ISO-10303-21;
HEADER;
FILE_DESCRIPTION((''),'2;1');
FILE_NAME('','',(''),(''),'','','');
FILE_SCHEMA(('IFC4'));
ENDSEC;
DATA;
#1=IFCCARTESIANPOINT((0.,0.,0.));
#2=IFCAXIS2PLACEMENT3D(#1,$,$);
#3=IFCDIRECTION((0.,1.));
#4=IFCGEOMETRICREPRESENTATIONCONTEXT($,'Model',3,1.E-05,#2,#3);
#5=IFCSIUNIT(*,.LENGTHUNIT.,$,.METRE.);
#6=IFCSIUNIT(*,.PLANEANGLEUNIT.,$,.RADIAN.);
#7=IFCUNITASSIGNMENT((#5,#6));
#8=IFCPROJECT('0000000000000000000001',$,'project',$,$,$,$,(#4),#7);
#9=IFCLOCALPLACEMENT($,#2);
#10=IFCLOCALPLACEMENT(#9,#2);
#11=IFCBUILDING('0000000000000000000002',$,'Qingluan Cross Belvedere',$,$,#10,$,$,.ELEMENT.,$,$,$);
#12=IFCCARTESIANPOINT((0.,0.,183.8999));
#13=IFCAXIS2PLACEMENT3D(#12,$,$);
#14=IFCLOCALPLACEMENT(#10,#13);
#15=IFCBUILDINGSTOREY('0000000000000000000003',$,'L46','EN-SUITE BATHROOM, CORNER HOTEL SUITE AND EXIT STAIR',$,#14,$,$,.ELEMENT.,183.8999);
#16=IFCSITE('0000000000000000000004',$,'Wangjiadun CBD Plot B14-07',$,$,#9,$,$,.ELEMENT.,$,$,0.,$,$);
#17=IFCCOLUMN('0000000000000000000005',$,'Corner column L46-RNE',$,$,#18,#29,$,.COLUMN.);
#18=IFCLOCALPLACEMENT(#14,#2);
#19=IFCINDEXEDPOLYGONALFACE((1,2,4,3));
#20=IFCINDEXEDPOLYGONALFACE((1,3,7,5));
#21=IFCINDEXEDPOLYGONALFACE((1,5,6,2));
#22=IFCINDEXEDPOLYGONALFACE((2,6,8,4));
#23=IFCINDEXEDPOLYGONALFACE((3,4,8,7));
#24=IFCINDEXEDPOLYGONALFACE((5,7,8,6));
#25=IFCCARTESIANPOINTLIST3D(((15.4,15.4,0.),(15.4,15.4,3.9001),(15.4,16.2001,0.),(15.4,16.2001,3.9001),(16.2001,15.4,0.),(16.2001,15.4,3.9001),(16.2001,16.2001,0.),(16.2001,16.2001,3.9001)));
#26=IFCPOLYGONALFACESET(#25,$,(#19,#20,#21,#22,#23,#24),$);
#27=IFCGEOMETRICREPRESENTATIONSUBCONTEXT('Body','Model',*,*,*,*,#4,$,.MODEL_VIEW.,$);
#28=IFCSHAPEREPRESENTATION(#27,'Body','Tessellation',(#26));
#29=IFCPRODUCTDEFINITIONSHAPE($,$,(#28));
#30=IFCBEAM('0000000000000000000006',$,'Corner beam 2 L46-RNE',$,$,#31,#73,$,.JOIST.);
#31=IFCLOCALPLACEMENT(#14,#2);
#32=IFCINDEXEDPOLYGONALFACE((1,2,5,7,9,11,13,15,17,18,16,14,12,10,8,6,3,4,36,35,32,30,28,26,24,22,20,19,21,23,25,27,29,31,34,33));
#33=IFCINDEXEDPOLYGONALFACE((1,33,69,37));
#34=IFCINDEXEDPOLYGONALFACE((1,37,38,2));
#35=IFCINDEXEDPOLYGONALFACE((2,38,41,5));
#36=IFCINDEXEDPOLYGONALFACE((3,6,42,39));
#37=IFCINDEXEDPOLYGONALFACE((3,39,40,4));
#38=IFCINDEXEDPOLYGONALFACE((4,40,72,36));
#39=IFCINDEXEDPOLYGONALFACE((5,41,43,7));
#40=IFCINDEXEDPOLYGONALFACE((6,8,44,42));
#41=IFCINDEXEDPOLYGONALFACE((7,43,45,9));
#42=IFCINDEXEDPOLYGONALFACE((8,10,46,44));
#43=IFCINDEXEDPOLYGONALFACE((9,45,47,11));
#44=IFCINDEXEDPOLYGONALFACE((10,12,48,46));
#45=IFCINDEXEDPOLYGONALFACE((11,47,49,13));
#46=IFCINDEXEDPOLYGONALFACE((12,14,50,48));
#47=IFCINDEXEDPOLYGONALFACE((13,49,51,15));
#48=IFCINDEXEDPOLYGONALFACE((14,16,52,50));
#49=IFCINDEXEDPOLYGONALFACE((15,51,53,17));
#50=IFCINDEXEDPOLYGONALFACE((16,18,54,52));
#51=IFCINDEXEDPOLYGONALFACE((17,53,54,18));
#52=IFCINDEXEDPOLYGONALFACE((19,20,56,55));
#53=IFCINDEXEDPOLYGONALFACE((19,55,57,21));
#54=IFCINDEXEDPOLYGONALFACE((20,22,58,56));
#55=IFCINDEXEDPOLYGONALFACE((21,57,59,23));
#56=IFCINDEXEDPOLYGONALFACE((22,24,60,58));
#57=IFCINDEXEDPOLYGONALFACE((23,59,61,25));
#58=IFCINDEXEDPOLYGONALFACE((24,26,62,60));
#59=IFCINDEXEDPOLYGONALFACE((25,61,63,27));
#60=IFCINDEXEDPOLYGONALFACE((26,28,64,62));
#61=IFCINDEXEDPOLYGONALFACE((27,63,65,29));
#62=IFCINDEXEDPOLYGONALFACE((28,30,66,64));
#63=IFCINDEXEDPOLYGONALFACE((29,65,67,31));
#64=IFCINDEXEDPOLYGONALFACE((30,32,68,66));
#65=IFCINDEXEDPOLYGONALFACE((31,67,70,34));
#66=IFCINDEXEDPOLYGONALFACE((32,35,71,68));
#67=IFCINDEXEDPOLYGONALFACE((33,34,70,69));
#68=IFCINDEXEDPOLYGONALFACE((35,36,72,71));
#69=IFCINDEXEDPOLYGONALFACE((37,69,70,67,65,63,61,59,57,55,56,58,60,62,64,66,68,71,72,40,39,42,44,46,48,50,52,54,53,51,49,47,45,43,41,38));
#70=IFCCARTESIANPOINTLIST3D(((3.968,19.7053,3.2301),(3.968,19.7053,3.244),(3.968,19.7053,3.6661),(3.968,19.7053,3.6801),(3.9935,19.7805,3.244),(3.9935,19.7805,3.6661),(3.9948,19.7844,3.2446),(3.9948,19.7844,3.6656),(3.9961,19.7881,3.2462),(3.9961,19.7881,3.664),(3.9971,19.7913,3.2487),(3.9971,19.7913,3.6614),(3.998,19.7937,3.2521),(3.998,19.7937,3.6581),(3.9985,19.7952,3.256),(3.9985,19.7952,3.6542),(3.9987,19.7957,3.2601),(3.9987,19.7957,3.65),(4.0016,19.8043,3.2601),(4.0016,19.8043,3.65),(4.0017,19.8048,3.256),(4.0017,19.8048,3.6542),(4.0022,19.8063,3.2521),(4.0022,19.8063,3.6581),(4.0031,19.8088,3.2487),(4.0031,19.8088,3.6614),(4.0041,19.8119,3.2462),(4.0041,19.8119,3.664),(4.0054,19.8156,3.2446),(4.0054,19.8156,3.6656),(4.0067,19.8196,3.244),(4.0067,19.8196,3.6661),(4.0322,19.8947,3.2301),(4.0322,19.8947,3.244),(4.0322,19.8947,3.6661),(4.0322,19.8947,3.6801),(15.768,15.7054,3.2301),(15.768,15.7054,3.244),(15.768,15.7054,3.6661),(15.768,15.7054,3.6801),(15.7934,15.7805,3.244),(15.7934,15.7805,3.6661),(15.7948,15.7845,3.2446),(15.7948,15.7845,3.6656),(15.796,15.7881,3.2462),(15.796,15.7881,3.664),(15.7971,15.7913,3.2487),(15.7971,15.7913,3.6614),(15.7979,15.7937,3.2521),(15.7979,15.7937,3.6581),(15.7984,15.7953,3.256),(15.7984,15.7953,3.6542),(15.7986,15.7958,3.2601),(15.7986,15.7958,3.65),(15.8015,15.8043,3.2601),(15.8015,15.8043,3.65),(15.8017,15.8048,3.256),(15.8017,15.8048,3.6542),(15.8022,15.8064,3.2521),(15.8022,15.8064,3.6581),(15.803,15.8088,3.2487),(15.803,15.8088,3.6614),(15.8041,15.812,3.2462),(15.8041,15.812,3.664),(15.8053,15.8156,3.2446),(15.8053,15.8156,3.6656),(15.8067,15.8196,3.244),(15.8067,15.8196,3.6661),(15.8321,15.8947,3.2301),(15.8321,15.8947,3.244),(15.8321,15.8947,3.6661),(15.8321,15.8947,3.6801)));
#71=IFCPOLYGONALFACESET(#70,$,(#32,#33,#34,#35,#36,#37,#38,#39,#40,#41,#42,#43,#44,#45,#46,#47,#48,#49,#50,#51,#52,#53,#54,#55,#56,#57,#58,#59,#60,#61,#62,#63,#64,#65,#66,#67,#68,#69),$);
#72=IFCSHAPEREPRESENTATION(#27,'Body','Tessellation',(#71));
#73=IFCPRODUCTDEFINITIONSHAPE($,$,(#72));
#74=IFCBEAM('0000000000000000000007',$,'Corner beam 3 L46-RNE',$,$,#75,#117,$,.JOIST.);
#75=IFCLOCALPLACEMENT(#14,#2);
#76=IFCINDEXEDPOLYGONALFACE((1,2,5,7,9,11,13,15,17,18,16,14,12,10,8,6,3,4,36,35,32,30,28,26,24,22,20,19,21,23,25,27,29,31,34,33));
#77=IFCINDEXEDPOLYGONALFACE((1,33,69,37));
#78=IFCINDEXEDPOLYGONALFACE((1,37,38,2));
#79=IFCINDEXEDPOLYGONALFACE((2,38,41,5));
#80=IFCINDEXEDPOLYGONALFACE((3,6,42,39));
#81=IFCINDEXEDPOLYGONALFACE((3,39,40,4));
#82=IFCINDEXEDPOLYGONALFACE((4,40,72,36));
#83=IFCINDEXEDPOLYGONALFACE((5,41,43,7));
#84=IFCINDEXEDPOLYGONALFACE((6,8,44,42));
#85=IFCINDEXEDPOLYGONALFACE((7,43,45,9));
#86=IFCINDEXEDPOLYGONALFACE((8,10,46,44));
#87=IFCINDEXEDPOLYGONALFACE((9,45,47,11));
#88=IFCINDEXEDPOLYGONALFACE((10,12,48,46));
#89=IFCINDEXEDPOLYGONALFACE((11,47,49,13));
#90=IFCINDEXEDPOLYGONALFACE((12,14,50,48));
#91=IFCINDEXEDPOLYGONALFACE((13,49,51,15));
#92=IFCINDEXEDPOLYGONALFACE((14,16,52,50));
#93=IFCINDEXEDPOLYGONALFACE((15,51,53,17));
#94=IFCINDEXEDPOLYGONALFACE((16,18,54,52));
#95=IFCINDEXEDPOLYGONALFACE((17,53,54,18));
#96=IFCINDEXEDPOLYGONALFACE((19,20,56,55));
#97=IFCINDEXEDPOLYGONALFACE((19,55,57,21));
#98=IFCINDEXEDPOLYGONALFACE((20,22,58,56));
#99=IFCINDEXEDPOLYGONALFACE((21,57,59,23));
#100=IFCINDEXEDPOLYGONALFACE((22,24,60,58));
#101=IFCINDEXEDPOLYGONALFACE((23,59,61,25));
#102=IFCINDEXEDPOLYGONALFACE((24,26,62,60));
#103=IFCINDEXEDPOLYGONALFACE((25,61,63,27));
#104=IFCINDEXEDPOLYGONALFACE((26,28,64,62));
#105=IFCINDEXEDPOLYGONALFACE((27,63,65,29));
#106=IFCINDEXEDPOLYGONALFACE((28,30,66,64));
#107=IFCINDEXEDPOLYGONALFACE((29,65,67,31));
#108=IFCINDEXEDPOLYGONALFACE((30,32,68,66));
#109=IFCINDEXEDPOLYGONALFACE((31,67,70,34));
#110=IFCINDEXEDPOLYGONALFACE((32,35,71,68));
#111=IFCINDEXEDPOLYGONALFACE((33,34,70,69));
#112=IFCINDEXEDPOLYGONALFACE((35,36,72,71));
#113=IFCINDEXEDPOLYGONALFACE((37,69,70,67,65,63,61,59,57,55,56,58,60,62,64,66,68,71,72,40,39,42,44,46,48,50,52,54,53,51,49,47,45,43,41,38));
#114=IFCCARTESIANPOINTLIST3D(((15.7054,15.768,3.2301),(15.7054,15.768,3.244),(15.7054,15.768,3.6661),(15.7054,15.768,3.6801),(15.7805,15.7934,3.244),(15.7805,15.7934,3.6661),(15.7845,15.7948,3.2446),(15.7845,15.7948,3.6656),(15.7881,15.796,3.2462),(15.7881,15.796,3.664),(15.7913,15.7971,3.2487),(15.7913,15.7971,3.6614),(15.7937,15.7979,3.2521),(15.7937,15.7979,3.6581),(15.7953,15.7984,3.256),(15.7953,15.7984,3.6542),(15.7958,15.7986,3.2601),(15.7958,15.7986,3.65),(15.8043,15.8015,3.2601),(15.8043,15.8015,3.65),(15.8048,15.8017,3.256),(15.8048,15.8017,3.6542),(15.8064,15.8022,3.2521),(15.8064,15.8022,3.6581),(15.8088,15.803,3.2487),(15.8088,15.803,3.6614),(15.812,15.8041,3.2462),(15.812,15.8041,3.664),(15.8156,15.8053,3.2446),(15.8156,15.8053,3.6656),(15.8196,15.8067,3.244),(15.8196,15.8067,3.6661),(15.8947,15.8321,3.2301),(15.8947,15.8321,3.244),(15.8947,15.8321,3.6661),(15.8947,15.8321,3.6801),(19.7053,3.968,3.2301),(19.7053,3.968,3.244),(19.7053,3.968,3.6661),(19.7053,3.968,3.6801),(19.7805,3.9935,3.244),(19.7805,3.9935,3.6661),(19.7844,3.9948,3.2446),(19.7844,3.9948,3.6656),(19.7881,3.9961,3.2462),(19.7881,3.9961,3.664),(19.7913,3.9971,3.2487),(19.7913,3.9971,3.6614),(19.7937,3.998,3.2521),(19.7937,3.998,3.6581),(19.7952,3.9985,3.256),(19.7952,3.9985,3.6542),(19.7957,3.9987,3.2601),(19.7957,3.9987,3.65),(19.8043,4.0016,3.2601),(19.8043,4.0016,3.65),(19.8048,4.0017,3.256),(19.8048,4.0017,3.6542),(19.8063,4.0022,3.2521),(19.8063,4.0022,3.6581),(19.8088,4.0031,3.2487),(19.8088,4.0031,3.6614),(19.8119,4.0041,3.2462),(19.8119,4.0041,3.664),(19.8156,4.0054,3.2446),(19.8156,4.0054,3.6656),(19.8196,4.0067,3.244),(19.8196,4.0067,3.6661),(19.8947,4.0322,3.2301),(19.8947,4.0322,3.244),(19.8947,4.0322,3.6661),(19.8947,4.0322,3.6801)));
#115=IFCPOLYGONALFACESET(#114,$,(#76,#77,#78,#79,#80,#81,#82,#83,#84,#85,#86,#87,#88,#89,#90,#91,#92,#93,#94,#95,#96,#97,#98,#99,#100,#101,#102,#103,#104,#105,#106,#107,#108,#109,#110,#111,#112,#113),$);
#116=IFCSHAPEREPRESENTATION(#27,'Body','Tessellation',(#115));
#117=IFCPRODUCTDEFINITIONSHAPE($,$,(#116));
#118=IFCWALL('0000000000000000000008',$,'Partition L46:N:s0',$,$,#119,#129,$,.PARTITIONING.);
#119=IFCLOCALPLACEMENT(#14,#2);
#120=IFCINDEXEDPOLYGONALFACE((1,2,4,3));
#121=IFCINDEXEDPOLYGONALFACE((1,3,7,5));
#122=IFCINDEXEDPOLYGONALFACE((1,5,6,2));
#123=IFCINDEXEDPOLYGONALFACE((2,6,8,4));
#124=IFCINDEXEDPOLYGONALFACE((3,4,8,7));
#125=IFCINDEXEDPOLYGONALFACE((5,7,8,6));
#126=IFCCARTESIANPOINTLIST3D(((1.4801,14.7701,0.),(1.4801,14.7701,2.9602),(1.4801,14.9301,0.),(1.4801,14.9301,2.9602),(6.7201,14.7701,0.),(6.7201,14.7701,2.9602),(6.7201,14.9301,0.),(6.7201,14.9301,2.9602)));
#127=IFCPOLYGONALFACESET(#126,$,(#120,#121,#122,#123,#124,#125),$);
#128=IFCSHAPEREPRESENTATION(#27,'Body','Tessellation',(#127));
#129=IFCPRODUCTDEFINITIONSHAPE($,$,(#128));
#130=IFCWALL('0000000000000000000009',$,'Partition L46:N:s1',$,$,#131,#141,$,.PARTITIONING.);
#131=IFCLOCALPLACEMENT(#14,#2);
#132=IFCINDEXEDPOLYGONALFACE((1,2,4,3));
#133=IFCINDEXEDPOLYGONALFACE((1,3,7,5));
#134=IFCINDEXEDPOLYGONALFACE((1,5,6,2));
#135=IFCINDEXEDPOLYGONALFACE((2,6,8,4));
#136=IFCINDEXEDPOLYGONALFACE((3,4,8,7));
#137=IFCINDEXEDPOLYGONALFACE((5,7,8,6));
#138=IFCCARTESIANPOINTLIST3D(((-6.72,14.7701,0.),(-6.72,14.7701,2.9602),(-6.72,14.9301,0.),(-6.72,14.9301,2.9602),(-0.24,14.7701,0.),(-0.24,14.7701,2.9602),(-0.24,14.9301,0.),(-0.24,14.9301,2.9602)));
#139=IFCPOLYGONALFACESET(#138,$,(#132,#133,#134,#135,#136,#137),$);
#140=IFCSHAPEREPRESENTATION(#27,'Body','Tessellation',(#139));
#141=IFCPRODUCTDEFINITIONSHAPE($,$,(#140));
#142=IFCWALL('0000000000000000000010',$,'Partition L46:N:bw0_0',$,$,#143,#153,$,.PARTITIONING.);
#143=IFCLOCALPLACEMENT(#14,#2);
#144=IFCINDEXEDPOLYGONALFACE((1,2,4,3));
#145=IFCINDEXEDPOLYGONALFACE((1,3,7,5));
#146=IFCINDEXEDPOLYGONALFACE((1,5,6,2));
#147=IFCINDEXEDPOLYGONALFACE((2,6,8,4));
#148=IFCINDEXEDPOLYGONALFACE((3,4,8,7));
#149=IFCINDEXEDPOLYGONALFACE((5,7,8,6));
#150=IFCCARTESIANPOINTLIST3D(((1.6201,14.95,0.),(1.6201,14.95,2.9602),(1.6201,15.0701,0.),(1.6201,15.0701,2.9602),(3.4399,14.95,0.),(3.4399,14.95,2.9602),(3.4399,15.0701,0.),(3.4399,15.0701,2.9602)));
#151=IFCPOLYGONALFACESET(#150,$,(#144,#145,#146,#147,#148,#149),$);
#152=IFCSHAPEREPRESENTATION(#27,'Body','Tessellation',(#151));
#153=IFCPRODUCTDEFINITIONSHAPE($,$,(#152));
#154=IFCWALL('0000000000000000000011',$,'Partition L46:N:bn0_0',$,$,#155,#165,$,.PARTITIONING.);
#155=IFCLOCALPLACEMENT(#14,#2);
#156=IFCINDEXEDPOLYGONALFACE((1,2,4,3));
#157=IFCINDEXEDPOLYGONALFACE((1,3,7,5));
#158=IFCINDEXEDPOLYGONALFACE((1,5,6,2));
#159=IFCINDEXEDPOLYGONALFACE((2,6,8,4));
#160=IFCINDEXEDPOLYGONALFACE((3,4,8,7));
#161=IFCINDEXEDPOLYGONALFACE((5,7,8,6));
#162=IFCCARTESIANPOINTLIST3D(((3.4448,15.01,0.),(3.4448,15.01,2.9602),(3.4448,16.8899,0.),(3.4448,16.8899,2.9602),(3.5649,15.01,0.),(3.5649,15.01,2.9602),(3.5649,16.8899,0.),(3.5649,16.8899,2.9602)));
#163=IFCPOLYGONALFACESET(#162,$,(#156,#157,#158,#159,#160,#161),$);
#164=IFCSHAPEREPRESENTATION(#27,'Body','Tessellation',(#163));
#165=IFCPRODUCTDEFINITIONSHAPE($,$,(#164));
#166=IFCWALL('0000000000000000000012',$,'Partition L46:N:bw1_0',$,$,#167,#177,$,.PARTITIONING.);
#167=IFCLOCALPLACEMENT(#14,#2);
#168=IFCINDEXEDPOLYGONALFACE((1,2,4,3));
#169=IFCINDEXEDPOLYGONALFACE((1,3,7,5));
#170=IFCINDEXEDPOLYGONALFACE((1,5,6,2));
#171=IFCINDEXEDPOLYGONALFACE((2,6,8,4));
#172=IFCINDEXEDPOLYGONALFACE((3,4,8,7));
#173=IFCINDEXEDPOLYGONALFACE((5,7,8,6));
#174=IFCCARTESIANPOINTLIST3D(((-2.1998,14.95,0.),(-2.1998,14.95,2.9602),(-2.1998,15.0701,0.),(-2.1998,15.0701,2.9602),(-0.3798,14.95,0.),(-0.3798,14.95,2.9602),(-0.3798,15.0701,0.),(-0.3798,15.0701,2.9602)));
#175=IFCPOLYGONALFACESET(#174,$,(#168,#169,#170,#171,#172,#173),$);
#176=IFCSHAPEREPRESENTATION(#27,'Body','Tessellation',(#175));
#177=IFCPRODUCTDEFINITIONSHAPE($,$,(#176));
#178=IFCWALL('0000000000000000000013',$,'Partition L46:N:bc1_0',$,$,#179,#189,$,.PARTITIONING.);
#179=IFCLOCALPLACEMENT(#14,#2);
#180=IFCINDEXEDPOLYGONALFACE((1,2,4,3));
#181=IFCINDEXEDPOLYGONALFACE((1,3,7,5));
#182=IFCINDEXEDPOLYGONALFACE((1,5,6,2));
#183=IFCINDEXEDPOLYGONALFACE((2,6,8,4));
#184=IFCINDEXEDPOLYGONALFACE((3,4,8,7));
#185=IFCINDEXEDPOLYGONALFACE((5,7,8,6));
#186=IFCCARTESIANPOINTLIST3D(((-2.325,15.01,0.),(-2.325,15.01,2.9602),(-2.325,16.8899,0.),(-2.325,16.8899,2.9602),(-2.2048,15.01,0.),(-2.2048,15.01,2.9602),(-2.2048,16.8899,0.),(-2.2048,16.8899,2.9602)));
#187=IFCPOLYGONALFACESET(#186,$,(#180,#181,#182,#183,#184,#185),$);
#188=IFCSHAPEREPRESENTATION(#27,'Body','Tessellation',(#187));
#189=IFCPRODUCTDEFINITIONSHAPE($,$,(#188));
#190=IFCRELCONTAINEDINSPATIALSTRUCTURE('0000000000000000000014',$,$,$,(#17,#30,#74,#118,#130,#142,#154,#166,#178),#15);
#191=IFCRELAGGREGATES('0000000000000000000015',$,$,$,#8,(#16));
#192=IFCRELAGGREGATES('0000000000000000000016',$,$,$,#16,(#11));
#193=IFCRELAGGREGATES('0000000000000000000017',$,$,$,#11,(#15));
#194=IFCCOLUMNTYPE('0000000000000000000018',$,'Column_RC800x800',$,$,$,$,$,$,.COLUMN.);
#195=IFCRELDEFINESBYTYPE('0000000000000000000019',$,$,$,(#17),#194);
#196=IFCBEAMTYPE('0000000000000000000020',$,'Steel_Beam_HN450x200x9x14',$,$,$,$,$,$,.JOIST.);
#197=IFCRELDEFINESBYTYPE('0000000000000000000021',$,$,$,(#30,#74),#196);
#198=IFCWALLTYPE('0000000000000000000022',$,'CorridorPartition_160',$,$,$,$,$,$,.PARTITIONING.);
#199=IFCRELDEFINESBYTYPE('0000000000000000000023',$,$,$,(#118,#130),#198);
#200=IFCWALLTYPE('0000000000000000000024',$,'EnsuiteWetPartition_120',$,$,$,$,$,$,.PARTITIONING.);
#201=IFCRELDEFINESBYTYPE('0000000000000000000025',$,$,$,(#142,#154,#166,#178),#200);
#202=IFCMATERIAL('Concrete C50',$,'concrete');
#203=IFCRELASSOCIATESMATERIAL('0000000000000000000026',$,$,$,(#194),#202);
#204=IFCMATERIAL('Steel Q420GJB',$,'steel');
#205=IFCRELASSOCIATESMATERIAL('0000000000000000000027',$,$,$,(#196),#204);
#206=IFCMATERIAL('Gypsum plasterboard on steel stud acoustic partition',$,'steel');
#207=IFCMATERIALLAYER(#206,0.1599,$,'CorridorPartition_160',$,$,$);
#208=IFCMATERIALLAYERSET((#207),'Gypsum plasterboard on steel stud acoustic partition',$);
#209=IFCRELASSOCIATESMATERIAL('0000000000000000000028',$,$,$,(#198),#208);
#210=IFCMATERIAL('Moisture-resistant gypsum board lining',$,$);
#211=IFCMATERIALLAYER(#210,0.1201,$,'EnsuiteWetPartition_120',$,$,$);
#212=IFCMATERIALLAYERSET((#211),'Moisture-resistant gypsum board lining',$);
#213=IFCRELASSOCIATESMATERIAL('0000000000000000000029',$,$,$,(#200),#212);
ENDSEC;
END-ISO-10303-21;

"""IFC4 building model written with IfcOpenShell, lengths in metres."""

from ifc_helpers import new_model, si_unit, direction, frame, frame_2d, origin, origin_2d, place, context, subcontext, project, spatial, rectangle, i_section, extrude, material, layer, layer_set, material_profile, profile_set, type_object, element, save


model = new_model("IFC4")

# Units and contexts
model_context = context("Model", 3, precision=1e-05, world=origin(), true_north=direction((0.0, 1.0)))
body_context = subcontext(model_context, "Body", "Model", "MODEL_VIEW")
ifc_project = project(units=[si_unit("LENGTHUNIT", "METRE"), si_unit("PLANEANGLEUNIT", "RADIAN")], contexts=[model_context])

# Site, building, storey
site_placement = place(None, origin())
site = spatial("IfcSite", under=ifc_project, at=site_placement, Name="Wangjiadun CBD Plot B14-07", CompositionType="ELEMENT", RefElevation=0.0)
building_placement = place(site_placement, origin())
building = spatial("IfcBuilding", under=site, at=building_placement, Name="Qingluan Cross Belvedere", CompositionType="ELEMENT")
storey_placement = place(building_placement, frame((0.0, 0.0, 183.8999)))
storey = spatial("IfcBuildingStorey", under=building, at=storey_placement, Name="L46", Description="EN-SUITE BATHROOM, CORNER HOTEL SUITE AND EXIT STAIR", CompositionType="ELEMENT", Elevation=183.8999)

# Column
ifc_material_1 = material(Name="Concrete C50", Category="concrete")
ifc_material_profile_1 = material_profile(ifc_material_1, rectangle(XDim=0.8, YDim=0.8, at=origin_2d()), Name="RC800x800")
ifc_profile_set_1 = profile_set([ifc_material_profile_1], Name="Concrete C50")
column_type = type_object("IfcColumnType", Name="Column_RC800x800", PredefinedType="COLUMN", material=ifc_profile_set_1)
column_placement = place(storey_placement, frame((15.8, 15.8, 0.0), z_axis=(0.0, 0.0, 1.0), x_axis=(1.0, 0.0, 0.0)))
element("IfcColumn", 1, at=column_placement, inside=storey, type_object=column_type, Name="Corner column L46-RNE", PredefinedType="COLUMN", context=body_context, shape_type="SweptSolid", body=[
    extrude(rectangle(XDim=0.8, YDim=0.8, at=origin_2d()), origin(), (0.0, 0.0, 1.0), 3.9001),
])

# Beams
ifc_material_2 = material(Name="Steel Q420GJB", Category="steel")
ifc_material_profile_2 = material_profile(ifc_material_2, i_section(OverallWidth=0.2, OverallDepth=0.45, WebThickness=0.009, FlangeThickness=0.0139, FilletRadius=0.0161, at=origin_2d()), Name="HN450x200x9x14")
ifc_profile_set_2 = profile_set([ifc_material_profile_2], Name="Steel Q420GJB")
beam_type = type_object("IfcBeamType", Name="Steel_Beam_HN450x200x9x14", PredefinedType="JOIST", material=ifc_profile_set_2)
for number, where, z_axis, x_axis, name in (
    (2, (15.8, 15.8, 3.4551), (-0.947066, 0.321038, 0.0), (-0.321038, -0.947066, 0.0), "Corner beam 2 L46-RNE"),
    (3, (15.8, 15.8, 3.4551), (0.321038, -0.947066, 0.0), (0.947066, 0.321038, 0.0), "Corner beam 3 L46-RNE"),
):
    element("IfcBeam", number, at=place(storey_placement, frame(where, z_axis=z_axis, x_axis=x_axis)), inside=storey, type_object=beam_type, Name=name, PredefinedType="JOIST", context=body_context, shape_type="SweptSolid", body=[
        extrude(i_section(OverallWidth=0.2, OverallDepth=0.45, WebThickness=0.009, FlangeThickness=0.0139, FilletRadius=0.0161, at=origin_2d()), origin(), (0.0, 0.0, 1.0), 12.4595),
    ])

# Shared definitions
ifc_material_3 = material(Name="Gypsum plasterboard on steel stud acoustic partition", Category="steel")
ifc_layer_1 = layer(ifc_material_3, 0.1599, Name="CorridorPartition_160")
ifc_layer_set_1 = layer_set([ifc_layer_1], Name="Gypsum plasterboard on steel stud acoustic partition")
wall_type_1 = type_object("IfcWallType", Name="CorridorPartition_160", PredefinedType="PARTITIONING", material=ifc_layer_set_1)

# Wall
wall_1_placement = place(storey_placement, frame((1.48, 14.8501, 0.0), z_axis=(0.0, 0.0, 1.0), x_axis=(1.0, 0.0, 0.0)))
element("IfcWall", 4, at=wall_1_placement, inside=storey, type_object=wall_type_1, Name="Partition L46:N:s0", PredefinedType="PARTITIONING", context=body_context, shape_type="SweptSolid", body=[
    extrude(rectangle(XDim=5.24, YDim=0.1599, at=frame_2d((2.6201, 0.0))), origin(), (0.0, 0.0, 1.0), 2.9602),
])

# Walls
wall_2_placement = place(storey_placement, frame((-0.24, 14.8501, 0.0), z_axis=(0.0, 0.0, 1.0), x_axis=(-1.0, 0.0, 0.0)))
element("IfcWall", 5, at=wall_2_placement, inside=storey, type_object=wall_type_1, Name="Partition L46:N:s1", PredefinedType="PARTITIONING", context=body_context, shape_type="SweptSolid", body=[
    extrude(rectangle(XDim=6.48, YDim=0.1599, at=frame_2d((3.24, 0.0))), origin(), (0.0, 0.0, 1.0), 2.9602),
])
ifc_material_4 = material(Name="Moisture-resistant gypsum board lining")
ifc_layer_2 = layer(ifc_material_4, 0.1201, Name="EnsuiteWetPartition_120")
ifc_layer_set_2 = layer_set([ifc_layer_2], Name="Moisture-resistant gypsum board lining")
wall_type_2 = type_object("IfcWallType", Name="EnsuiteWetPartition_120", PredefinedType="PARTITIONING", material=ifc_layer_set_2)
wall_3_placement = place(storey_placement, frame((1.6201, 15.01, 0.0), z_axis=(0.0, 0.0, 1.0), x_axis=(1.0, 0.0, 0.0)))
element("IfcWall", 6, at=wall_3_placement, inside=storey, type_object=wall_type_2, Name="Partition L46:N:bw0_0", PredefinedType="PARTITIONING", context=body_context, shape_type="SweptSolid", body=[
    extrude(rectangle(XDim=1.8198, YDim=0.1201, at=frame_2d((0.9099, 0.0))), origin(), (0.0, 0.0, 1.0), 2.9602),
])
wall_4_placement = place(storey_placement, frame((3.5049, 15.01, 0.0), z_axis=(0.0, 0.0, 1.0), x_axis=(0.0, 1.0, 0.0)))
element("IfcWall", 7, at=wall_4_placement, inside=storey, type_object=wall_type_2, Name="Partition L46:N:bn0_0", PredefinedType="PARTITIONING", context=body_context, shape_type="SweptSolid", body=[
    extrude(rectangle(XDim=1.8799, YDim=0.1201, at=frame_2d((0.9399, 0.0))), origin(), (0.0, 0.0, 1.0), 2.9602),
])
wall_5_placement = place(storey_placement, frame((-2.2, 15.01, 0.0), z_axis=(0.0, 0.0, 1.0), x_axis=(1.0, 0.0, 0.0)))
element("IfcWall", 8, at=wall_5_placement, inside=storey, type_object=wall_type_2, Name="Partition L46:N:bw1_0", PredefinedType="PARTITIONING", context=body_context, shape_type="SweptSolid", body=[
    extrude(rectangle(XDim=1.8201, YDim=0.1201, at=frame_2d((0.9102, 0.0))), origin(), (0.0, 0.0, 1.0), 2.9602),
])
wall_6_placement = place(storey_placement, frame((-2.2649, 15.01, 0.0), z_axis=(0.0, 0.0, 1.0), x_axis=(0.0, 1.0, 0.0)))
element("IfcWall", 9, at=wall_6_placement, inside=storey, type_object=wall_type_2, Name="Partition L46:N:bc1_0", PredefinedType="PARTITIONING", context=body_context, shape_type="SweptSolid", body=[
    extrude(rectangle(XDim=1.8799, YDim=0.1201, at=frame_2d((0.9399, 0.0))), origin(), (0.0, 0.0, 1.0), 2.9602),
])

save(model, "model.ifc")
